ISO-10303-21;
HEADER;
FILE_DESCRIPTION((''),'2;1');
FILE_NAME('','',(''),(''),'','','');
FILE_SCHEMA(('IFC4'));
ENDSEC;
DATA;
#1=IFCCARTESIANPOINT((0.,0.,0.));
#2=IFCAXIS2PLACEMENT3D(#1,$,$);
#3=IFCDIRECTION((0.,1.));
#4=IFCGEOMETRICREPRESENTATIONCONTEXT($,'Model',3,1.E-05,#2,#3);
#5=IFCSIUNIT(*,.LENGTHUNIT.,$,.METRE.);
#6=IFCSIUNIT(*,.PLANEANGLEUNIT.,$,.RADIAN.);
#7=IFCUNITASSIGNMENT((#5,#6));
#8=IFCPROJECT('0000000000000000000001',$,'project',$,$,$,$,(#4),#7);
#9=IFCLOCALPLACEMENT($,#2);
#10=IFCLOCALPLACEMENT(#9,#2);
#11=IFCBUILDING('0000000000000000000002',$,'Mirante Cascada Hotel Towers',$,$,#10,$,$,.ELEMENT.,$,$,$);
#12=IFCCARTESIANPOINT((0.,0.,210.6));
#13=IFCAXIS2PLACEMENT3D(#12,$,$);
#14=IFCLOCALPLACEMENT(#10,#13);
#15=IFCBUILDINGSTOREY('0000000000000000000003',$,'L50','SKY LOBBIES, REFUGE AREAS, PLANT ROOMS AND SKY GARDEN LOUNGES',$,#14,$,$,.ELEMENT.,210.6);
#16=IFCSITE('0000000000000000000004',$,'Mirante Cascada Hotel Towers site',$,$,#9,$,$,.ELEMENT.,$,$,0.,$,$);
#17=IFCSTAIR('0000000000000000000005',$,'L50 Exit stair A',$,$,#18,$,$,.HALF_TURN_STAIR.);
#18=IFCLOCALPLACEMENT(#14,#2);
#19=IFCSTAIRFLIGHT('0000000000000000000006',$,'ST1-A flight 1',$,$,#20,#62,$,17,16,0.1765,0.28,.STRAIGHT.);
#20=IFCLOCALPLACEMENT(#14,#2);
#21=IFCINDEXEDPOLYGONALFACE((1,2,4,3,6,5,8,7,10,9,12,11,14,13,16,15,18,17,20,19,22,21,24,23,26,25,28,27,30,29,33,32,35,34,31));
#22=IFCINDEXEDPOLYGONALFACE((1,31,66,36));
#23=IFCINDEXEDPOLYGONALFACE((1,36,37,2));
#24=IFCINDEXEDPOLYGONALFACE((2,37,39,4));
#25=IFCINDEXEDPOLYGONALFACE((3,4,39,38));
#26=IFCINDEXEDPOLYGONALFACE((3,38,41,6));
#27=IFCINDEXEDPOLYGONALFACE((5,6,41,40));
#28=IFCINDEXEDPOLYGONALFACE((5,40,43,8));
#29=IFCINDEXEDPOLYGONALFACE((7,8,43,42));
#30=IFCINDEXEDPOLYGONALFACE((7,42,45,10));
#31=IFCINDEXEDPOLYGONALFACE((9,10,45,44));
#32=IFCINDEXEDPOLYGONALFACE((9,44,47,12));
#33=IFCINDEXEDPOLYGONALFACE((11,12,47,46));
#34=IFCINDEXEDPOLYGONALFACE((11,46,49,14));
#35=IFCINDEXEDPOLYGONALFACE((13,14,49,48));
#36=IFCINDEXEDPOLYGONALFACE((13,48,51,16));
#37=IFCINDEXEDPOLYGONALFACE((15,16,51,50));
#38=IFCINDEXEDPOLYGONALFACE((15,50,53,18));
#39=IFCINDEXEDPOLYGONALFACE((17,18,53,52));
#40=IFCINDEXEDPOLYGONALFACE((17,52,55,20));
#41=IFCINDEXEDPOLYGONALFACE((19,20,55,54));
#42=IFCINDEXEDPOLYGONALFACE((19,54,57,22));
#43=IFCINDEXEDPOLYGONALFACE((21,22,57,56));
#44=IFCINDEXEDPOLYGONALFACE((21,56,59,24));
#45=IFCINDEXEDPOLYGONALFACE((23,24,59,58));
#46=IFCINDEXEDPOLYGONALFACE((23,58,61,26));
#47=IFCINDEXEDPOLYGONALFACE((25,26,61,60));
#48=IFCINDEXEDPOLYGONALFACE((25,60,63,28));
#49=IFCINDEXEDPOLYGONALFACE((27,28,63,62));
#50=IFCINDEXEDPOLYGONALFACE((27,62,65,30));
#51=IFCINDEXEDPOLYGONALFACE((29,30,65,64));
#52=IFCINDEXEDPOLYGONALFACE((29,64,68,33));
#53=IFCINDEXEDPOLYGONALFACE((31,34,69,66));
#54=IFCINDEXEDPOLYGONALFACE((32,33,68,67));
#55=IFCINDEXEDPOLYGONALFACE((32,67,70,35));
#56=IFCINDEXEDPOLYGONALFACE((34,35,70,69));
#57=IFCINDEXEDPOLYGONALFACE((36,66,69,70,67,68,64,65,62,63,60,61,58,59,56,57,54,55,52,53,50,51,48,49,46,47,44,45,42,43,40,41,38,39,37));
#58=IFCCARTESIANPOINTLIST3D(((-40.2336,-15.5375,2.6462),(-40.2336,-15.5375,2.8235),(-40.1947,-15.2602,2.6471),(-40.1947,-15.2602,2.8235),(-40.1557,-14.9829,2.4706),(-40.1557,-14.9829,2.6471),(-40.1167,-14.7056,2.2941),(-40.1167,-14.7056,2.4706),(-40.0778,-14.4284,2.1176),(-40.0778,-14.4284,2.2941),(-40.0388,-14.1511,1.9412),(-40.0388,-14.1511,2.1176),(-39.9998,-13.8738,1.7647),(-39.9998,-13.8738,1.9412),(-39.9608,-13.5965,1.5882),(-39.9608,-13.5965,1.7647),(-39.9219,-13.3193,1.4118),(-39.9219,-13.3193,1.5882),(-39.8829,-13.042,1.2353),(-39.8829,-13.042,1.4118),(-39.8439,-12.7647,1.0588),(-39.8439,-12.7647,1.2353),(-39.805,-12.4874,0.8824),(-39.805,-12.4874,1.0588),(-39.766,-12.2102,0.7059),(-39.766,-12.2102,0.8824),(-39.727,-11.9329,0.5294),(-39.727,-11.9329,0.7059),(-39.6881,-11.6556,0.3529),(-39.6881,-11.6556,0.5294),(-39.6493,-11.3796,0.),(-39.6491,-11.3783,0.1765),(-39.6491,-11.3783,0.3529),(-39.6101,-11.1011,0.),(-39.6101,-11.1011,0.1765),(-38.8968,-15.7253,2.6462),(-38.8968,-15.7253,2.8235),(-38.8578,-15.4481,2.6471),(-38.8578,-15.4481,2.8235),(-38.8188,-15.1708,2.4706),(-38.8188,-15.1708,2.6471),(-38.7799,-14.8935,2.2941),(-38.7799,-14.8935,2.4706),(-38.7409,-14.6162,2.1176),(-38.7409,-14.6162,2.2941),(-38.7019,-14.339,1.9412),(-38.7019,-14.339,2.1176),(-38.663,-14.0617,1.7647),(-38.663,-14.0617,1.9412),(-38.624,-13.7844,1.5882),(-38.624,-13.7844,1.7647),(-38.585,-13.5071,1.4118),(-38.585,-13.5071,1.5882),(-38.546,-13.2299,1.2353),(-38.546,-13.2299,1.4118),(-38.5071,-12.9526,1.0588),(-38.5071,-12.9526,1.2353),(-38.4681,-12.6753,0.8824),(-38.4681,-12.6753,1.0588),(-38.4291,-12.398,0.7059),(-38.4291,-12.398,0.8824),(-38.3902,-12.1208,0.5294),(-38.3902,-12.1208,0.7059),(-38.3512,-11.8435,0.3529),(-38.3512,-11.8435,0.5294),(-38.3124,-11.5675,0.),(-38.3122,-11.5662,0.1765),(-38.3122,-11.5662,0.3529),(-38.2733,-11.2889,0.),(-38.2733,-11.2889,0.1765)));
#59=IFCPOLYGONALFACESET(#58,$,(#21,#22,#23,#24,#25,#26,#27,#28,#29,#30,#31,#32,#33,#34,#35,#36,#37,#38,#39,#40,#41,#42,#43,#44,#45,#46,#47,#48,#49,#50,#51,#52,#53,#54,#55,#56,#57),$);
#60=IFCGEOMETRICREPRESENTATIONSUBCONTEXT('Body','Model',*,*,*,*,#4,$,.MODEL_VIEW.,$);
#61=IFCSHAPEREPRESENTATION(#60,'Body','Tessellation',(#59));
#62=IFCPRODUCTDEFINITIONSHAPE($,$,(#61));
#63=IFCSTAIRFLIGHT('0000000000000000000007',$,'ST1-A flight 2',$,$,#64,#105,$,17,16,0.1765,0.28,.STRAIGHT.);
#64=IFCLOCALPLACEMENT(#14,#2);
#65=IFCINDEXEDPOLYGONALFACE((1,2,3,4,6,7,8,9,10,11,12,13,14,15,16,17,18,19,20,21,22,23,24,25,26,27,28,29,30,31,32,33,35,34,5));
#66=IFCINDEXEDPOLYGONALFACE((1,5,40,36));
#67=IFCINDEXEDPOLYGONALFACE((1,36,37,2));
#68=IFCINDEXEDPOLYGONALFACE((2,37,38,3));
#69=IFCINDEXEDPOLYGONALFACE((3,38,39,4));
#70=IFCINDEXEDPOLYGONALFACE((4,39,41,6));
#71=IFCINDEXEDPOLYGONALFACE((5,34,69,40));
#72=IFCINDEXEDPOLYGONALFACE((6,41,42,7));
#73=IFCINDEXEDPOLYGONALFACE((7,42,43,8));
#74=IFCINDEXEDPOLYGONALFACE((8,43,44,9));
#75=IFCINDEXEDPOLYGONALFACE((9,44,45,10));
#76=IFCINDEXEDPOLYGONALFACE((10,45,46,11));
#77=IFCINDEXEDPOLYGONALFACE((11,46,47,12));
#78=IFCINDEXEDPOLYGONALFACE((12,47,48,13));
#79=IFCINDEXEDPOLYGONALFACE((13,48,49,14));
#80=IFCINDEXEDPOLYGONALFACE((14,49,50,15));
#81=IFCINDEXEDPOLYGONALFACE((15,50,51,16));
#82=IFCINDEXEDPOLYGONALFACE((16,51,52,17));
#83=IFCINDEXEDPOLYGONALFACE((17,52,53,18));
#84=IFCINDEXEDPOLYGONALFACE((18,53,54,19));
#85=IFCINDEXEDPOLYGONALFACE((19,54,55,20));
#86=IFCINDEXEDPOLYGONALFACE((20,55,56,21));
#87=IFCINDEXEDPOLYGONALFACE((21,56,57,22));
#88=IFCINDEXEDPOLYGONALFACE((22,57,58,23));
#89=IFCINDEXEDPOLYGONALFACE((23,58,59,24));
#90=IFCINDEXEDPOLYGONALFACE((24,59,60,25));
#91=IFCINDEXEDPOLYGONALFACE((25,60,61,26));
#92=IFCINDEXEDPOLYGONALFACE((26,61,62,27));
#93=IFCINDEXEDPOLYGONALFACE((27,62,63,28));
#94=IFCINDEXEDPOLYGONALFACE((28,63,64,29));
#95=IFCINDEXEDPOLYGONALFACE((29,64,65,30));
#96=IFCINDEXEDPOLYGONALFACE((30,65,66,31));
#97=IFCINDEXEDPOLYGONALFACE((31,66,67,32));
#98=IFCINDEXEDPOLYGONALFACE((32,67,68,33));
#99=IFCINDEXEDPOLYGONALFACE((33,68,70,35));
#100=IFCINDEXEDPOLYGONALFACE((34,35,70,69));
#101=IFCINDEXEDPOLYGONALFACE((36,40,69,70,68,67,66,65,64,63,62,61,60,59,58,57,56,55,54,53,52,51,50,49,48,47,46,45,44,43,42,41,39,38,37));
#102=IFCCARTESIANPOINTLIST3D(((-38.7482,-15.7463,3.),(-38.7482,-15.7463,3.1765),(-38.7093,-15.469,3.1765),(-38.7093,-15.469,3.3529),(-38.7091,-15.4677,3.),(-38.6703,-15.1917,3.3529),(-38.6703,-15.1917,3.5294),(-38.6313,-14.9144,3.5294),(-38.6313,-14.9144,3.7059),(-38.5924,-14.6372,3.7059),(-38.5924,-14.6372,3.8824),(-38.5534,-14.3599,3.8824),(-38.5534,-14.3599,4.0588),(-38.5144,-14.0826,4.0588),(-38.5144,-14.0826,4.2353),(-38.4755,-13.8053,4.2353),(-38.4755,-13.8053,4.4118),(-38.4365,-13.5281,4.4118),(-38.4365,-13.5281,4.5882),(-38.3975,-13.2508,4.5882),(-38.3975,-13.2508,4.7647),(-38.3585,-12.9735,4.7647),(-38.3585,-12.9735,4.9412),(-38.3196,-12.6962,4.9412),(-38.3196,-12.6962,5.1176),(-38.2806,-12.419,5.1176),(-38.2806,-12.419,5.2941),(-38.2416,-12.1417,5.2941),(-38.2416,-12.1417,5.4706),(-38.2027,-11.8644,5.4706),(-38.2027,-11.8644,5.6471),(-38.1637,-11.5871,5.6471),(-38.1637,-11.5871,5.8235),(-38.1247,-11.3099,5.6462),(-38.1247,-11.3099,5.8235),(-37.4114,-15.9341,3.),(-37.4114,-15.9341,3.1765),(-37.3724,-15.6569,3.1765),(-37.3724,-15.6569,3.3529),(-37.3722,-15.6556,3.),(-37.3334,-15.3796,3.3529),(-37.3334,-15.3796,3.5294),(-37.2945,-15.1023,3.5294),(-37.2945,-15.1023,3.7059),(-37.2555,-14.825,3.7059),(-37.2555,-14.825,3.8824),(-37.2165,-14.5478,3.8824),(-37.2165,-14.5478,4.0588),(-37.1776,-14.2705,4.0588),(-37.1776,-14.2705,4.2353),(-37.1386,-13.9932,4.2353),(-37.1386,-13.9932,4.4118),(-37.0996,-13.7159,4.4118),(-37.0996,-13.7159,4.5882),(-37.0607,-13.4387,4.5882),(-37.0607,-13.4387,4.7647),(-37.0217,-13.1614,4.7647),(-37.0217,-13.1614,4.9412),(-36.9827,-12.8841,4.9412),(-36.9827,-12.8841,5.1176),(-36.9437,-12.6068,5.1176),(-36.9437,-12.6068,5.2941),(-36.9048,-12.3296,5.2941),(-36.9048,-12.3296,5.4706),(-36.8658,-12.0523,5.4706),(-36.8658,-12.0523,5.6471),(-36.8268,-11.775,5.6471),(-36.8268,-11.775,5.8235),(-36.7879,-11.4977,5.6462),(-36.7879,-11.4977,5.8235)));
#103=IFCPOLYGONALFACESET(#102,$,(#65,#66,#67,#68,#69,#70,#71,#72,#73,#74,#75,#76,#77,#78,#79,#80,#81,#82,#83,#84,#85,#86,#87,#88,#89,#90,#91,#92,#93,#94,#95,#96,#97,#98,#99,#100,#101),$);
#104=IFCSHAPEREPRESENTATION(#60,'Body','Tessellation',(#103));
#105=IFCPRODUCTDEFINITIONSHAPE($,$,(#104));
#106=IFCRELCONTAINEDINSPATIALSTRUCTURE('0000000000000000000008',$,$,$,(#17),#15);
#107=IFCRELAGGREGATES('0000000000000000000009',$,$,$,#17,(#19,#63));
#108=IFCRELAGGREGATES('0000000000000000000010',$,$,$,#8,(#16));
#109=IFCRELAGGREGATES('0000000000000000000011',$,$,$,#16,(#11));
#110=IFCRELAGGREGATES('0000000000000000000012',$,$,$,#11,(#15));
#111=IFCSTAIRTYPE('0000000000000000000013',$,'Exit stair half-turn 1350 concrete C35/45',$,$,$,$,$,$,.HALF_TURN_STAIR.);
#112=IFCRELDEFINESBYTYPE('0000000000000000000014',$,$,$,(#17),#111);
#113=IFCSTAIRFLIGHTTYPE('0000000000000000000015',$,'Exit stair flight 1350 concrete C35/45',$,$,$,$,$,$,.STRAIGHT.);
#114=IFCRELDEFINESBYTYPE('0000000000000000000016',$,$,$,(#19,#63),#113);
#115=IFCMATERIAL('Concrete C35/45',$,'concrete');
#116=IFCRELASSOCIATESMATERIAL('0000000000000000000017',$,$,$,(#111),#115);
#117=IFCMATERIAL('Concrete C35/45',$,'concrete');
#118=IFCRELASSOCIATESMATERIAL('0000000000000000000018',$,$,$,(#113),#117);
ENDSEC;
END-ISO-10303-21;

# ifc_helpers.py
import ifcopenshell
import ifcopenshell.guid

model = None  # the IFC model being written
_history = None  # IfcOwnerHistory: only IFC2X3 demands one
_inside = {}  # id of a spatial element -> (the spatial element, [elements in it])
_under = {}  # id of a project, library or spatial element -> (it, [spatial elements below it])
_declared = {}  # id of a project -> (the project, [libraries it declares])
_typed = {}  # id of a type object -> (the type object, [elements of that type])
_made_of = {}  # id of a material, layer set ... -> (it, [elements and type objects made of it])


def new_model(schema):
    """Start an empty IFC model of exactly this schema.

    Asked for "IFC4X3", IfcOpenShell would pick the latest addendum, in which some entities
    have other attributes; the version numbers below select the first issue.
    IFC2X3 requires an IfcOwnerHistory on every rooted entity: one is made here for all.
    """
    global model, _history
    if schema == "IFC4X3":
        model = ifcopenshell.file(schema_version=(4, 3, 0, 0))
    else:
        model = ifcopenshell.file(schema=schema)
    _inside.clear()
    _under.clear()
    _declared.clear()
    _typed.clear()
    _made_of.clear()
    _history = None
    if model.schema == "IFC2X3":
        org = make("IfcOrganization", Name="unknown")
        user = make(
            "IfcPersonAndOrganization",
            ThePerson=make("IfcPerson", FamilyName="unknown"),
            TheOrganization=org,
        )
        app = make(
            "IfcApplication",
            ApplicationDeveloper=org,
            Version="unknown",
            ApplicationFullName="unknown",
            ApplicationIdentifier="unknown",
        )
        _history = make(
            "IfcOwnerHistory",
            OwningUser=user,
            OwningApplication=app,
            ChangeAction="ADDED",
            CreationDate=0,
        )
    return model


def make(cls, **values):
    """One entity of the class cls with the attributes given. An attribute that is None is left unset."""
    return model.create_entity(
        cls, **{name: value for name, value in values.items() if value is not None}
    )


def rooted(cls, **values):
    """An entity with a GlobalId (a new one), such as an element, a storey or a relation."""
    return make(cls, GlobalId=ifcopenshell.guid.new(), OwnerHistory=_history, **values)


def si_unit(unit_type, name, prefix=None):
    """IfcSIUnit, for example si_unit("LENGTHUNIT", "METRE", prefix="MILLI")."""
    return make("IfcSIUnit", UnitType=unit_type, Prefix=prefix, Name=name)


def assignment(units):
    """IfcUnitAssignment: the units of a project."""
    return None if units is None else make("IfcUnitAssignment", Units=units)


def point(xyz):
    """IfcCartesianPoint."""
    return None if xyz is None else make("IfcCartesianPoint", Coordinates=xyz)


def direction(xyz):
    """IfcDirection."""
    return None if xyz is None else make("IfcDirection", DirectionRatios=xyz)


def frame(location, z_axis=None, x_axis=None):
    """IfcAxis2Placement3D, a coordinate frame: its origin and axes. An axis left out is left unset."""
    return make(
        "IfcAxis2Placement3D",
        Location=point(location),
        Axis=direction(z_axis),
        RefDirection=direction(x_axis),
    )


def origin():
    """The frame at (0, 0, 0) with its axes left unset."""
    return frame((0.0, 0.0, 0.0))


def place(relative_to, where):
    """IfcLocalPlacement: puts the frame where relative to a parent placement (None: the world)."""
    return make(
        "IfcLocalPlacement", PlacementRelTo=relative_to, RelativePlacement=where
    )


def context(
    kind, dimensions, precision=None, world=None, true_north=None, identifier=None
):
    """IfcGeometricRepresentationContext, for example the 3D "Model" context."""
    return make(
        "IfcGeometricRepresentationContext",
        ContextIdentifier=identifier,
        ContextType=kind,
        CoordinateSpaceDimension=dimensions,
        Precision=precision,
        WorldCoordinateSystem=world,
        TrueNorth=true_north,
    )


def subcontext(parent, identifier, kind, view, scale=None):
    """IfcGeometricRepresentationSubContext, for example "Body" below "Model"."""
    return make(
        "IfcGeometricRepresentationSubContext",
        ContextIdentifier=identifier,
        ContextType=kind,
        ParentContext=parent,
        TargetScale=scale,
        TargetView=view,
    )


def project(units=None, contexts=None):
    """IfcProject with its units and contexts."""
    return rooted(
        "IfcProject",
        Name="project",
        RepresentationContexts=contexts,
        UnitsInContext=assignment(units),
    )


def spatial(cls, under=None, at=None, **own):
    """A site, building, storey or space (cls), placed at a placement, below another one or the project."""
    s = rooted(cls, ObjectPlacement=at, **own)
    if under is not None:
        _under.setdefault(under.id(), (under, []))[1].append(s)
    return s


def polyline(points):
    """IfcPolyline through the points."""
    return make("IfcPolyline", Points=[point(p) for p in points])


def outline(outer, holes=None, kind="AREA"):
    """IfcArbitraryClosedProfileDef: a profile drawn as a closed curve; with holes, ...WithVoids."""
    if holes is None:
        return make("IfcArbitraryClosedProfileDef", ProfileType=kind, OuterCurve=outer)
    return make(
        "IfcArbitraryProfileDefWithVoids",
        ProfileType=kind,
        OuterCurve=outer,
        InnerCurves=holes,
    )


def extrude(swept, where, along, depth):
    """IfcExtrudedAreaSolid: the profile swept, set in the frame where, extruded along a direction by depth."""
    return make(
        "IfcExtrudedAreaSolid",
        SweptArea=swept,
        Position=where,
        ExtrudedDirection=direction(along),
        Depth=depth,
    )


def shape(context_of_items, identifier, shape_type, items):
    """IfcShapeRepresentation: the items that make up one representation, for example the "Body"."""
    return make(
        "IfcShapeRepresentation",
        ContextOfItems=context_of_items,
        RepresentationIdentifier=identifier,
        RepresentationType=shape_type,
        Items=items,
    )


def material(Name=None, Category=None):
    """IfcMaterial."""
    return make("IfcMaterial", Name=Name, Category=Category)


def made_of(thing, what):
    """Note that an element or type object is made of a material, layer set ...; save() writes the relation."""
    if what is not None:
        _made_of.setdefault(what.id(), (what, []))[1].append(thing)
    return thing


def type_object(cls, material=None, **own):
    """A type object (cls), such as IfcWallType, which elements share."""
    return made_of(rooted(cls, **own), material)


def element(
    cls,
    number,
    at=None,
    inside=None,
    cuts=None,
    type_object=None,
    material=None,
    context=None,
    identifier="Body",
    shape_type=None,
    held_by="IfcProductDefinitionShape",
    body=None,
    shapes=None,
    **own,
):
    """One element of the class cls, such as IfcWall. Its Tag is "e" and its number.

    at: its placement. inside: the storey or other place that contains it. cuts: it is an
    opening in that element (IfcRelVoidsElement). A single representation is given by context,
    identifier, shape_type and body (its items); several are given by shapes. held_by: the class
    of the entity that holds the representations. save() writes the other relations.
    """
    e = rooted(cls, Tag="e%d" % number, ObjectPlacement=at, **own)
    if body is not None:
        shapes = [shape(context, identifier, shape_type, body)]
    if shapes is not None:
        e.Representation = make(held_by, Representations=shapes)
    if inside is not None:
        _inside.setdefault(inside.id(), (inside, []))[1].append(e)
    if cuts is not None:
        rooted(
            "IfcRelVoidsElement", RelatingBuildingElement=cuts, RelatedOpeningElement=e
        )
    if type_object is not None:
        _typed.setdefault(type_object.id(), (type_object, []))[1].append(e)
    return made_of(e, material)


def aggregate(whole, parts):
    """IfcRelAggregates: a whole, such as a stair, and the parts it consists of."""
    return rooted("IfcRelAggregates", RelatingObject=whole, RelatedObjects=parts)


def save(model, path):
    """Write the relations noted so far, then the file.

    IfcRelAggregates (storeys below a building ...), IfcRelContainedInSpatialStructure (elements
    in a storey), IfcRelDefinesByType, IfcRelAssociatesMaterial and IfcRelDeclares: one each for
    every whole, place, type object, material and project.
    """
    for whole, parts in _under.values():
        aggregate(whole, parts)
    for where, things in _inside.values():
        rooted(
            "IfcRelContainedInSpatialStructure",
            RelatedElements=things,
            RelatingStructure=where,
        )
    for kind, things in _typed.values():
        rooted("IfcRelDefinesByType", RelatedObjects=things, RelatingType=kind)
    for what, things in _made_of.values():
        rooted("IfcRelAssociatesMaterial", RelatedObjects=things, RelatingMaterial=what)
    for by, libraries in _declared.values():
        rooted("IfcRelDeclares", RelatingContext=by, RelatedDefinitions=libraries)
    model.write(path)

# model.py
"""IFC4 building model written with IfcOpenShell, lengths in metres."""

from ifc_helpers import new_model, si_unit, direction, frame, origin, place, context, subcontext, project, spatial, polyline, outline, extrude, material, type_object, element, aggregate, save


model = new_model("IFC4")

# Units and contexts
model_context = context("Model", 3, precision=1e-05, world=origin(), true_north=direction((0.0, 1.0)))
body_context = subcontext(model_context, "Body", "Model", "MODEL_VIEW")
ifc_project = project(units=[si_unit("LENGTHUNIT", "METRE"), si_unit("PLANEANGLEUNIT", "RADIAN")], contexts=[model_context])

# Site, building, storey
site_placement = place(None, origin())
site = spatial("IfcSite", under=ifc_project, at=site_placement, Name="Mirante Cascada Hotel Towers site", CompositionType="ELEMENT", RefElevation=0.0)
building_placement = place(site_placement, origin())
building = spatial("IfcBuilding", under=site, at=building_placement, Name="Mirante Cascada Hotel Towers", CompositionType="ELEMENT")
storey_placement = place(building_placement, frame((0.0, 0.0, 210.6)))
storey = spatial("IfcBuildingStorey", under=building, at=storey_placement, Name="L50", Description="SKY LOBBIES, REFUGE AREAS, PLANT ROOMS AND SKY GARDEN LOUNGES", CompositionType="ELEMENT", Elevation=210.6)

# Stair, stair flights
ifc_material_1 = material(Name="Concrete C35/45", Category="concrete")
stair_type = type_object("IfcStairType", Name="Exit stair half-turn 1350 concrete C35/45", PredefinedType="HALF_TURN_STAIR", material=ifc_material_1)
stair_placement = place(storey_placement, origin())
stair = element("IfcStair", 1, at=stair_placement, inside=storey, type_object=stair_type, Name="L50 Exit stair A", PredefinedType="HALF_TURN_STAIR")
ifc_material_2 = material(Name="Concrete C35/45", Category="concrete")
stair_flight_type = type_object("IfcStairFlightType", Name="Exit stair flight 1350 concrete C35/45", PredefinedType="STRAIGHT", material=ifc_material_2)
stair_flight_1_placement = place(storey_placement, frame((-38.9417, -11.195, 0.0), z_axis=(0.0, 0.0, 1.0), x_axis=(-0.139173, -0.990268, 0.0)))
stair_flight_1 = element("IfcStairFlight", 2, at=stair_flight_1_placement, type_object=stair_flight_type, Name="ST1-A flight 1", NumberOfRisers=17, NumberOfTreads=16, PredefinedType="STRAIGHT", RiserHeight=0.1765, TreadLength=0.28, context=body_context, shape_type="SweptSolid", body=[
    extrude(outline(polyline([(0.0, 0.0), (0.0, 0.1765), (0.28, 0.1765), (0.28, 0.3529), (0.56, 0.3529), (0.56, 0.5294), (0.84, 0.5294), (0.84, 0.7059), (1.12, 0.7059), (1.12, 0.8824), (1.4, 0.8824), (1.4, 1.0588), (1.68, 1.0588), (1.68, 1.2353), (1.96, 1.2353), (1.96, 1.4118), (2.24, 1.4118), (2.24, 1.5882), (2.52, 1.5882), (2.52, 1.7647), (2.8, 1.7647), (2.8, 1.9412), (3.08, 1.9412), (3.08, 2.1176), (3.36, 2.1176), (3.36, 2.2941), (3.64, 2.2941), (3.64, 2.4706), (3.92, 2.4706), (3.92, 2.6471), (4.2, 2.6471), (4.2, 2.8235), (4.48, 2.8235), (4.48, 3.0), (4.48, 2.6462), (0.2813, 0.0), (0.0, 0.0)])), frame((0.0, 0.675, 0.0), z_axis=(0.0, -1.0, 0.0), x_axis=(1.0, 0.0, 0.0)), (0.0, 0.0, 1.0), 1.35),
])
stair_flight_2_placement = place(storey_placement, frame((-38.0798, -15.8402, 3.0), z_axis=(0.0, 0.0, 1.0), x_axis=(0.139173, 0.990268, 0.0)))
stair_flight_2 = element("IfcStairFlight", 3, at=stair_flight_2_placement, type_object=stair_flight_type, Name="ST1-A flight 2", NumberOfRisers=17, NumberOfTreads=16, PredefinedType="STRAIGHT", RiserHeight=0.1765, TreadLength=0.28, context=body_context, shape_type="SweptSolid", body=[
    extrude(outline(polyline([(0.0, 0.0), (0.0, 0.1765), (0.28, 0.1765), (0.28, 0.3529), (0.56, 0.3529), (0.56, 0.5294), (0.84, 0.5294), (0.84, 0.7059), (1.12, 0.7059), (1.12, 0.8824), (1.4, 0.8824), (1.4, 1.0588), (1.68, 1.0588), (1.68, 1.2353), (1.96, 1.2353), (1.96, 1.4118), (2.24, 1.4118), (2.24, 1.5882), (2.52, 1.5882), (2.52, 1.7647), (2.8, 1.7647), (2.8, 1.9412), (3.08, 1.9412), (3.08, 2.1176), (3.36, 2.1176), (3.36, 2.2941), (3.64, 2.2941), (3.64, 2.4706), (3.92, 2.4706), (3.92, 2.6471), (4.2, 2.6471), (4.2, 2.8235), (4.48, 2.8235), (4.48, 3.0), (4.48, 2.6462), (0.2813, 0.0), (0.0, 0.0)])), frame((0.0, 0.675, 0.0), z_axis=(0.0, -1.0, 0.0), x_axis=(1.0, 0.0, 0.0)), (0.0, 0.0, 1.0), 1.35),
])
aggregate(stair, [stair_flight_1, stair_flight_2])

save(model, "model.ifc")
